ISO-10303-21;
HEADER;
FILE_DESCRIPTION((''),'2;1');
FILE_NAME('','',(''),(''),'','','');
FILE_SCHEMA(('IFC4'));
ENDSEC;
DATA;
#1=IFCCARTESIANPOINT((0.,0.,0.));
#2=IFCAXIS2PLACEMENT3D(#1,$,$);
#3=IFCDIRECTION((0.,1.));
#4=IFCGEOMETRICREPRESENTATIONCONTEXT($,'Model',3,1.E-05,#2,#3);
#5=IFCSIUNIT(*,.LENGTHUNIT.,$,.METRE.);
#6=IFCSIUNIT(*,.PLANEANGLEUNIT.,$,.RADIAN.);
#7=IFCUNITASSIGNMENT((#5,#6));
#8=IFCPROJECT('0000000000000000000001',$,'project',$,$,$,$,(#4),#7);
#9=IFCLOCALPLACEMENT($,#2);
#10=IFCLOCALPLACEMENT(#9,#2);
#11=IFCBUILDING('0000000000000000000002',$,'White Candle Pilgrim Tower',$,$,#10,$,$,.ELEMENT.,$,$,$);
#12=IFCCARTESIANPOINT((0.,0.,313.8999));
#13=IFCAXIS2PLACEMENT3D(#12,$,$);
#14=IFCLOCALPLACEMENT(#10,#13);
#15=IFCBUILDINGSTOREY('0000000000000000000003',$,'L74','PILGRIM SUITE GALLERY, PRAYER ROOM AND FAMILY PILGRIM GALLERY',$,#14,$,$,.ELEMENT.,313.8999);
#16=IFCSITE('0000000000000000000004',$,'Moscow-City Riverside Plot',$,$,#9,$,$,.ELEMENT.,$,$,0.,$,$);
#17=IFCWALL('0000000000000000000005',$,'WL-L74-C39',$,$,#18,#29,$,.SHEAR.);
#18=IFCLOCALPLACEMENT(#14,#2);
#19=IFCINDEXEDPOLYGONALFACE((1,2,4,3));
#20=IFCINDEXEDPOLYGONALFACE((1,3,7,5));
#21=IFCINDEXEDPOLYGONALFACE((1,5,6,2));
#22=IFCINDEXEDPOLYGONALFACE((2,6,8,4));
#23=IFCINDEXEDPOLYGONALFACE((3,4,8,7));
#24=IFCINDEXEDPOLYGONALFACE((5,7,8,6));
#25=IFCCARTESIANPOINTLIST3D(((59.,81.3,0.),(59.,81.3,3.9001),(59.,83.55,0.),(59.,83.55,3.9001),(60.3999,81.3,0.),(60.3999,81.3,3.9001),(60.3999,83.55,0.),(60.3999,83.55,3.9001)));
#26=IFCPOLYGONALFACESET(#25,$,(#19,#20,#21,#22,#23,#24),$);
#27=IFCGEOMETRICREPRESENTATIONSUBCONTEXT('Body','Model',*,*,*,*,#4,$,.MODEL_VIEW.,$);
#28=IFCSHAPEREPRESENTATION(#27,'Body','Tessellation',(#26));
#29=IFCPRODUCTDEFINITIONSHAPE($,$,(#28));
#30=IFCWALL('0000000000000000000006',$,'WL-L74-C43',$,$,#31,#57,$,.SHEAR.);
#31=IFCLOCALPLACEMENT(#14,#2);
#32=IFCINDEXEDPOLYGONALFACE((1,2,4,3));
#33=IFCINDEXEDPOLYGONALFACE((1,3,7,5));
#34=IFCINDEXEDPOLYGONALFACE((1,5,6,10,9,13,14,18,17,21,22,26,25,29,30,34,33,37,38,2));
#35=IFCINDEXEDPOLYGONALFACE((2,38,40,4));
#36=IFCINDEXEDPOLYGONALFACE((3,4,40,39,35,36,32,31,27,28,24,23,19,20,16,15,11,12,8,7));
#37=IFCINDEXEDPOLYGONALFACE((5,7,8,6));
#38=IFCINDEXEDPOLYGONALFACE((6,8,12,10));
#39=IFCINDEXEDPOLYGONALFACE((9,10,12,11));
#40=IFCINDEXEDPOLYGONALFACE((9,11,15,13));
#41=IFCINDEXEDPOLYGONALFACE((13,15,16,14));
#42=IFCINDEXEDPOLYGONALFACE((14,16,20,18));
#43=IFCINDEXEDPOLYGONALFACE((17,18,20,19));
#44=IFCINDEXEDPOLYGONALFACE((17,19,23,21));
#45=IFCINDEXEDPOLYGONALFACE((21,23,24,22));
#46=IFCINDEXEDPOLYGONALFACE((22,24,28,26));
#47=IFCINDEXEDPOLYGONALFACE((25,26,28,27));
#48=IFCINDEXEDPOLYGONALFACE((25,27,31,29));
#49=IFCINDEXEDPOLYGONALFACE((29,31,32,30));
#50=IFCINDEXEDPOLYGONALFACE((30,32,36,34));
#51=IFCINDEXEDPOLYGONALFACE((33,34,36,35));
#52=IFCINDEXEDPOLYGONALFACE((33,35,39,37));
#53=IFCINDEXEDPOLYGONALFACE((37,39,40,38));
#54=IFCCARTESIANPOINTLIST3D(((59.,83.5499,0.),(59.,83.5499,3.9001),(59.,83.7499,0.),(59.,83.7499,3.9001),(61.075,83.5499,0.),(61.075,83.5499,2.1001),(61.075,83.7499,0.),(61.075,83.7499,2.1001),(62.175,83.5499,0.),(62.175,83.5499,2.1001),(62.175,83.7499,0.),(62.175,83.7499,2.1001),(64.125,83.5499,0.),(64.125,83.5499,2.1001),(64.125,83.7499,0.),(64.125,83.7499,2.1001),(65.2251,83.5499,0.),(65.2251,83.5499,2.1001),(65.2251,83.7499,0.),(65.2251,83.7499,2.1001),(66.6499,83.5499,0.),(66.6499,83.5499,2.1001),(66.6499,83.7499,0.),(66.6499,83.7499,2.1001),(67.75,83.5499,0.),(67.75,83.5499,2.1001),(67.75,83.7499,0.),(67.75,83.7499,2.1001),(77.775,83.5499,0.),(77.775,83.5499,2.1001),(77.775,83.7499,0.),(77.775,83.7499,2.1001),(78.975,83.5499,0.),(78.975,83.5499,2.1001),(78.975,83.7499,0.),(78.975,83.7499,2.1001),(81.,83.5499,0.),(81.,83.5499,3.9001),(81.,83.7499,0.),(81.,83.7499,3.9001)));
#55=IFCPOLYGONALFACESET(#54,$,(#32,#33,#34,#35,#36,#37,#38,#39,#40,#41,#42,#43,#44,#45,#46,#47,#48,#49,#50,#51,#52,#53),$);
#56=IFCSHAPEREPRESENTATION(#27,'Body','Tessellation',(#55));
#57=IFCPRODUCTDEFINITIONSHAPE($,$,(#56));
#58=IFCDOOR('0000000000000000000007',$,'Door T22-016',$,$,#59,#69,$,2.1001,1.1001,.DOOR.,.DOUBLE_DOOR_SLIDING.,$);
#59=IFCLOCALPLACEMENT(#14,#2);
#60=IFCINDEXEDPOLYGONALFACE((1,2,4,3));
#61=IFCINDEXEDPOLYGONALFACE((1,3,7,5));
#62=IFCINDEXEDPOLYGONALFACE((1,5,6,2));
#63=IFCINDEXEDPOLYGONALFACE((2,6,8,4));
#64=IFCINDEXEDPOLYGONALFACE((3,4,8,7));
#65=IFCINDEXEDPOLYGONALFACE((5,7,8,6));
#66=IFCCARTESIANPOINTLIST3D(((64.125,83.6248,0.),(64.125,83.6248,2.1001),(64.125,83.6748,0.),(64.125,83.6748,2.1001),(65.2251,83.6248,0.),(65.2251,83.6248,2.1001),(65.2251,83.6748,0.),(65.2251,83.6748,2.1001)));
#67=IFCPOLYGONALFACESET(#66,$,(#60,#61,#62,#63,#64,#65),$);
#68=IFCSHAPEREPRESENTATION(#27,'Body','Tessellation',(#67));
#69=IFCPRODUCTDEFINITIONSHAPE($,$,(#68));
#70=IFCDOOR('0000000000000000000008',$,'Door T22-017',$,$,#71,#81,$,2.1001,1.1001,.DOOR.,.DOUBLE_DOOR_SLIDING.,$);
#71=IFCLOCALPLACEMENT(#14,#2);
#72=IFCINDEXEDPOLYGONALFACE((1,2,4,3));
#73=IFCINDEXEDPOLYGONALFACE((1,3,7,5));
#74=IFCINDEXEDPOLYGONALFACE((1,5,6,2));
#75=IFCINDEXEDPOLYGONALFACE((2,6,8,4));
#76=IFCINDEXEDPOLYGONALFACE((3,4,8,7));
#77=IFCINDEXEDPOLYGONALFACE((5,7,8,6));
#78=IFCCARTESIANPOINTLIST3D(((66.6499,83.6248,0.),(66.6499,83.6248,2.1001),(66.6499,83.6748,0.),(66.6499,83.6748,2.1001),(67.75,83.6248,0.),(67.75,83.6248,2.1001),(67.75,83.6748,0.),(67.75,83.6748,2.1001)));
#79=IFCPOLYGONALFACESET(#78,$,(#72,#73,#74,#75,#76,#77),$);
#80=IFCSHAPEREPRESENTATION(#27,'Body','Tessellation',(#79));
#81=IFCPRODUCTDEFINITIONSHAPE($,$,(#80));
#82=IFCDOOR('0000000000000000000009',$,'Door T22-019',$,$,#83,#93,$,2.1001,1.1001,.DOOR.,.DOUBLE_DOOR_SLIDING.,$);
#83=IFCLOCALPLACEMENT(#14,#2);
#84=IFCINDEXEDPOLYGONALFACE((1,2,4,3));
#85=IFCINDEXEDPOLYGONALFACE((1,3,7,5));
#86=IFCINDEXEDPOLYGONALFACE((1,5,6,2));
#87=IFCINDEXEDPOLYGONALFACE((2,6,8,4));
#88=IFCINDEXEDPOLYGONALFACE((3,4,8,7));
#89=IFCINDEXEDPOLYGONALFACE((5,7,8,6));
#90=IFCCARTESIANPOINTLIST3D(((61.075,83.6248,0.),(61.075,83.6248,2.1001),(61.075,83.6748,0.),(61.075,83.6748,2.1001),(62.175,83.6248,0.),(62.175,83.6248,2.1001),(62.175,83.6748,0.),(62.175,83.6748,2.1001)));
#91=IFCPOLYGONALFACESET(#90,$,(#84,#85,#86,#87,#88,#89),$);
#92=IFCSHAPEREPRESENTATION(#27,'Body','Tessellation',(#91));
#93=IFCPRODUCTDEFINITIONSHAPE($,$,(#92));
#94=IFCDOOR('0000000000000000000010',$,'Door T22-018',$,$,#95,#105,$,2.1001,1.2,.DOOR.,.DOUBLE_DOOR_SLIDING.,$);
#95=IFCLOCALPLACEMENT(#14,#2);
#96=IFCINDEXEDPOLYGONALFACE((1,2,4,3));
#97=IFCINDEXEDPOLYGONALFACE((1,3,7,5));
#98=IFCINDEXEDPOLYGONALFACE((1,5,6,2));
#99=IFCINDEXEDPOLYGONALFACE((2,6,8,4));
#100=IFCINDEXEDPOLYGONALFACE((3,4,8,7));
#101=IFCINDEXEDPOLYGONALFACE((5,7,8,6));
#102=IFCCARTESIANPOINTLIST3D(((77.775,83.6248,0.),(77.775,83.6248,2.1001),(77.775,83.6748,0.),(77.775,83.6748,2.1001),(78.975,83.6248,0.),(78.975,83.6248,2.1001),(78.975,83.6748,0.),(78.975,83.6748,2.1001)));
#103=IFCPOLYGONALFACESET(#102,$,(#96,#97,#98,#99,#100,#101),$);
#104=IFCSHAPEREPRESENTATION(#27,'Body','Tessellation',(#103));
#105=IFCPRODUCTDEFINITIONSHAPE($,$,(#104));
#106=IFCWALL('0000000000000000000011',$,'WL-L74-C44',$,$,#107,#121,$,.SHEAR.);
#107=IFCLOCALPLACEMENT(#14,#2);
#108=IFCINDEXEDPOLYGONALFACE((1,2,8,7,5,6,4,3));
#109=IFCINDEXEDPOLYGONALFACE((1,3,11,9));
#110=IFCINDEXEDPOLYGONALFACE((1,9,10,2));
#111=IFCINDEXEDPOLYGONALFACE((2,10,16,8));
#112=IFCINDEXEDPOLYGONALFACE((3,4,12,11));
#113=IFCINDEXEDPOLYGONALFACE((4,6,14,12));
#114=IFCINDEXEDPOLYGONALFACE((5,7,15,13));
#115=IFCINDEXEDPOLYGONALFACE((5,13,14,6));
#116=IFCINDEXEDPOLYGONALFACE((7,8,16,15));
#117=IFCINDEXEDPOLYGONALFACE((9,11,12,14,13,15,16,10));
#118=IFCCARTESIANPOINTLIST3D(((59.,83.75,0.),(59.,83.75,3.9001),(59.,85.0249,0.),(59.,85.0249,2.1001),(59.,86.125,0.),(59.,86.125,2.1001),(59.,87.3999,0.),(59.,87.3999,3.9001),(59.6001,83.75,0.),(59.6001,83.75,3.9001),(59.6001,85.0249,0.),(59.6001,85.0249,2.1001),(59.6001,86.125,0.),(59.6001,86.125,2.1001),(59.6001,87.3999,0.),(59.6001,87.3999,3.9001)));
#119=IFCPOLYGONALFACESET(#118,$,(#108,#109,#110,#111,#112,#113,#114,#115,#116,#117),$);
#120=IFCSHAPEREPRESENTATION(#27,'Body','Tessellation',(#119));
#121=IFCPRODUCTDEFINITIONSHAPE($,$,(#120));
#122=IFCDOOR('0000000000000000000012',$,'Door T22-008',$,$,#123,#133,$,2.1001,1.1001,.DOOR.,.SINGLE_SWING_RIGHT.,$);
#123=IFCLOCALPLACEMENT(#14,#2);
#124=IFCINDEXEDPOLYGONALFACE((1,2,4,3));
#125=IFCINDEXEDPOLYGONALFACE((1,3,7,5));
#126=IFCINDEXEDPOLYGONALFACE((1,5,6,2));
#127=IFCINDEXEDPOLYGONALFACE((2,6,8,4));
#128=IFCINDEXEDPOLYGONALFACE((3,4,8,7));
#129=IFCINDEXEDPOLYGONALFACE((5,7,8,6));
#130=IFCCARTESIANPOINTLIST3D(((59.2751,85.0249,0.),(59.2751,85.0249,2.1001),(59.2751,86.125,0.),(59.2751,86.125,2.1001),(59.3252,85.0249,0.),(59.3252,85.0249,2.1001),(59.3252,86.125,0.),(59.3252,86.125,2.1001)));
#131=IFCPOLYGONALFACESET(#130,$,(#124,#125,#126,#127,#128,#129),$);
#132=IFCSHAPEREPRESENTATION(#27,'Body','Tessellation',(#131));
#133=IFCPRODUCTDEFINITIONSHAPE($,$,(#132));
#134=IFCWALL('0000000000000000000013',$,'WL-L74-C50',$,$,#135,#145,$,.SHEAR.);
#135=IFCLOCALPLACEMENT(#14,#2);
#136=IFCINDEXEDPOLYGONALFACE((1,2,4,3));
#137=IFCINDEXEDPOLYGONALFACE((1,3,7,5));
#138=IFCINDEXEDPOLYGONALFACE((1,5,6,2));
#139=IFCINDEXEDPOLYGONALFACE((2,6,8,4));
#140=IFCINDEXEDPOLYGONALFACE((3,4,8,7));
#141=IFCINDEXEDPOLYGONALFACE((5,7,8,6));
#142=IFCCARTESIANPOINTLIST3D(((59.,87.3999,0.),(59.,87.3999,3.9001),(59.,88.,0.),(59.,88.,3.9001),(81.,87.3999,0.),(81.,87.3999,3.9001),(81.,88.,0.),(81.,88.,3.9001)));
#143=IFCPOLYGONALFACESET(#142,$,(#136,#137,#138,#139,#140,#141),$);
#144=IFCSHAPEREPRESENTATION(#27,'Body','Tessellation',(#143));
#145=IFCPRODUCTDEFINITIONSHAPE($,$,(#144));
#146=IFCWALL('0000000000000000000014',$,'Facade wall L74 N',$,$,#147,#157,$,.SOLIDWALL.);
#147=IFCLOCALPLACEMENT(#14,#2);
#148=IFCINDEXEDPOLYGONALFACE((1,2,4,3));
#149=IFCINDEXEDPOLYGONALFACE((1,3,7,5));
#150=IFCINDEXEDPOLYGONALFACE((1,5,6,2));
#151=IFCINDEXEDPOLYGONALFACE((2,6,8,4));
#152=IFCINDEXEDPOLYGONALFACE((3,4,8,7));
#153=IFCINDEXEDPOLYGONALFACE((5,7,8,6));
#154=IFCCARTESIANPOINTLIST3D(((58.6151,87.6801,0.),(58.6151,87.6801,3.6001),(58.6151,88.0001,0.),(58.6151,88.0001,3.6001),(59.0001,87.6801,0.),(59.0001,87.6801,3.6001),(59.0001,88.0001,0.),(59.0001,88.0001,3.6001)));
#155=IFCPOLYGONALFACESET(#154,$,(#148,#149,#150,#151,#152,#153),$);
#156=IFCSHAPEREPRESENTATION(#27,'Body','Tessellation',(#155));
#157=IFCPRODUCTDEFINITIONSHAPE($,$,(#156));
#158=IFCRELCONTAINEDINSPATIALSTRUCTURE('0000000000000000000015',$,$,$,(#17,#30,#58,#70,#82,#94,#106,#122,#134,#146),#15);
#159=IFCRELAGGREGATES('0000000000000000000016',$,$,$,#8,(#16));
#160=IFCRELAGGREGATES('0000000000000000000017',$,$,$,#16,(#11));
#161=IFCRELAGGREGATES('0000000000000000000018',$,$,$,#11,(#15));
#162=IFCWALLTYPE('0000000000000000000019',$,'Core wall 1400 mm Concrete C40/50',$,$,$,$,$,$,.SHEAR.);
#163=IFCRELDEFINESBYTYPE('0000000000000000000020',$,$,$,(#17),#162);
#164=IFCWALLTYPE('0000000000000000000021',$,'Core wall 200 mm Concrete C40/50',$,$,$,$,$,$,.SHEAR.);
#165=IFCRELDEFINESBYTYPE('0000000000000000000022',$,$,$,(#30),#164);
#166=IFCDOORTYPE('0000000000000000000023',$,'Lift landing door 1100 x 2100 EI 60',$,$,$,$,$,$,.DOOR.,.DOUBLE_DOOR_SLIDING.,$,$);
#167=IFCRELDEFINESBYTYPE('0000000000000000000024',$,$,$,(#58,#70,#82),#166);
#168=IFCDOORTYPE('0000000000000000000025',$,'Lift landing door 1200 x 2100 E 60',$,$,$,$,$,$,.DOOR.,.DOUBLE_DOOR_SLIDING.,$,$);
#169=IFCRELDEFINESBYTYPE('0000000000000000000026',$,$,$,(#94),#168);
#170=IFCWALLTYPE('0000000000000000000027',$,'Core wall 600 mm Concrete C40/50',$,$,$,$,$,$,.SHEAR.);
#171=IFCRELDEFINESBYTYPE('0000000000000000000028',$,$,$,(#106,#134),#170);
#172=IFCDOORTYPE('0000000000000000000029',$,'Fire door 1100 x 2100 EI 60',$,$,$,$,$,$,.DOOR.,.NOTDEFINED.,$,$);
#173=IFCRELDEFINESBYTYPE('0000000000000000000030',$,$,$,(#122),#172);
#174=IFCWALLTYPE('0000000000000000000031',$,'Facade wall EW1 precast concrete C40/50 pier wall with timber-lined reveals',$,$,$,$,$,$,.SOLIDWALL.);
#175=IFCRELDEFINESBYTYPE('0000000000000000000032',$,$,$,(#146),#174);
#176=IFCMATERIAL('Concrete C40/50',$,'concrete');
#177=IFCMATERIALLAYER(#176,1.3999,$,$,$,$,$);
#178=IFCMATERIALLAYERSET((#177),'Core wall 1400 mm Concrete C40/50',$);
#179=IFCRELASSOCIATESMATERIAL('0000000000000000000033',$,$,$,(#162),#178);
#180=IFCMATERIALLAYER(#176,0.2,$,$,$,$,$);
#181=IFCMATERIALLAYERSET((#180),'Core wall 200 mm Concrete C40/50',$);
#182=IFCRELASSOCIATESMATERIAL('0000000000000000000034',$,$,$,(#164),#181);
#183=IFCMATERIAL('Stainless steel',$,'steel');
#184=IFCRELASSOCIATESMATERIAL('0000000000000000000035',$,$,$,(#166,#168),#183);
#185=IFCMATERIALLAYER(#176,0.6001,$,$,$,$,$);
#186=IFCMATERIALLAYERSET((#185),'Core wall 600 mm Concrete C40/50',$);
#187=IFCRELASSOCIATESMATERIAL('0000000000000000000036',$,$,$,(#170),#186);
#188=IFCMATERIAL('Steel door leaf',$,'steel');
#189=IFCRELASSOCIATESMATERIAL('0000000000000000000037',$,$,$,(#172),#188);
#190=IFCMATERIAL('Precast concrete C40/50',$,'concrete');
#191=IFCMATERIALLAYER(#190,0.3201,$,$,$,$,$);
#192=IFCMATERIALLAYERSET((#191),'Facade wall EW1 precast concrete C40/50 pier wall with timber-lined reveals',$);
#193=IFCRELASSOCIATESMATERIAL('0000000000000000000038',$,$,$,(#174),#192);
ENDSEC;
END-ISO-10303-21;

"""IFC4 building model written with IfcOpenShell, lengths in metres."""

from ifc_helpers import new_model, si_unit, direction, frame, frame_2d, origin, place, context, subcontext, project, spatial, rectangle, extrude, material, layer, layer_set, type_object, element, fill, save


model = new_model("IFC4")

# Units and contexts
model_context = context("Model", 3, precision=1e-05, world=origin(), true_north=direction((0.0, 1.0)))
body_context = subcontext(model_context, "Body", "Model", "MODEL_VIEW")
ifc_project = project(units=[si_unit("LENGTHUNIT", "METRE"), si_unit("PLANEANGLEUNIT", "RADIAN")], contexts=[model_context])

# Site, building, storey
site_placement = place(None, origin())
site = spatial("IfcSite", under=ifc_project, at=site_placement, Name="Moscow-City Riverside Plot", CompositionType="ELEMENT", RefElevation=0.0)
building_placement = place(site_placement, origin())
building = spatial("IfcBuilding", under=site, at=building_placement, Name="White Candle Pilgrim Tower", CompositionType="ELEMENT")
storey_placement = place(building_placement, frame((0.0, 0.0, 313.8999)))
storey = spatial("IfcBuildingStorey", under=building, at=storey_placement, Name="L74", Description="PILGRIM SUITE GALLERY, PRAYER ROOM AND FAMILY PILGRIM GALLERY", CompositionType="ELEMENT", Elevation=313.8999)

# Wall
ifc_material_1 = material(Name="Concrete C40/50", Category="concrete")
ifc_layer_1 = layer(ifc_material_1, 1.3999)
ifc_layer_set_1 = layer_set([ifc_layer_1], Name="Core wall 1400 mm Concrete C40/50")
wall_type_1 = type_object("IfcWallType", Name="Core wall 1400 mm Concrete C40/50", PredefinedType="SHEAR", material=ifc_layer_set_1)
wall_1_placement = place(storey_placement, frame((59.7, 81.3, 0.0), z_axis=(0.0, 0.0, 1.0), x_axis=(0.0, 1.0, 0.0)))
element("IfcWall", 1, at=wall_1_placement, inside=storey, type_object=wall_type_1, Name="WL-L74-C39", PredefinedType="SHEAR", context=body_context, shape_type="SweptSolid", body=[
    extrude(rectangle(XDim=2.25, YDim=1.3999, at=frame_2d((1.125, 0.0))), origin(), (0.0, 0.0, 1.0), 3.9001),
])

# Wall, openings, doors
ifc_layer_2 = layer(ifc_material_1, 0.2)
ifc_layer_set_2 = layer_set([ifc_layer_2], Name="Core wall 200 mm Concrete C40/50")
wall_type_2 = type_object("IfcWallType", Name="Core wall 200 mm Concrete C40/50", PredefinedType="SHEAR", material=ifc_layer_set_2)
wall_2_placement = place(storey_placement, frame((59.0, 83.6499, 0.0), z_axis=(0.0, 0.0, 1.0), x_axis=(1.0, 0.0, 0.0)))
wall_2 = element("IfcWall", 2, at=wall_2_placement, inside=storey, type_object=wall_type_2, Name="WL-L74-C43", PredefinedType="SHEAR", context=body_context, shape_type="SweptSolid", body=[
    extrude(rectangle(XDim=22.0, YDim=0.2, at=frame_2d((11.0, 0.0))), origin(), (0.0, 0.0, 1.0), 3.9001),
])
opening_1_placement = place(wall_2_placement, frame((5.125, 0.0, 0.0)))
opening_1 = element("IfcOpeningElement", 3, at=opening_1_placement, cuts=wall_2, PredefinedType="OPENING", context=body_context, shape_type="SweptSolid", body=[
    extrude(rectangle(XDim=1.1001, YDim=2.1001, at=frame_2d((0.55, 1.05))), frame((0.0, 0.1099, 0.0), z_axis=(0.0, -1.0, 0.0), x_axis=(1.0, 0.0, 0.0)), (0.0, 0.0, 1.0), 0.22),
])
opening_2_placement = place(wall_2_placement, frame((7.6499, 0.0, 0.0)))
opening_2 = element("IfcOpeningElement", 4, at=opening_2_placement, cuts=wall_2, PredefinedType="OPENING", context=body_context, shape_type="SweptSolid", body=[
    extrude(rectangle(XDim=1.1001, YDim=2.1001, at=frame_2d((0.55, 1.05))), frame((0.0, 0.1099, 0.0), z_axis=(0.0, -1.0, 0.0), x_axis=(1.0, 0.0, 0.0)), (0.0, 0.0, 1.0), 0.22),
])
opening_3_placement = place(wall_2_placement, frame((18.7749, 0.0, 0.0)))
opening_3 = element("IfcOpeningElement", 5, at=opening_3_placement, cuts=wall_2, PredefinedType="OPENING", context=body_context, shape_type="SweptSolid", body=[
    extrude(rectangle(XDim=1.2, YDim=2.1001, at=frame_2d((0.6001, 1.05))), frame((0.0, 0.1099, 0.0), z_axis=(0.0, -1.0, 0.0), x_axis=(1.0, 0.0, 0.0)), (0.0, 0.0, 1.0), 0.22),
])
opening_4_placement = place(wall_2_placement, frame((2.075, 0.0, 0.0)))
opening_4 = element("IfcOpeningElement", 6, at=opening_4_placement, cuts=wall_2, PredefinedType="OPENING", context=body_context, shape_type="SweptSolid", body=[
    extrude(rectangle(XDim=1.1001, YDim=2.1001, at=frame_2d((0.55, 1.05))), frame((0.0, 0.1099, 0.0), z_axis=(0.0, -1.0, 0.0), x_axis=(1.0, 0.0, 0.0)), (0.0, 0.0, 1.0), 0.22),
])
ifc_material_2 = material(Name="Stainless steel", Category="steel")
door_type_1 = type_object("IfcDoorType", Name="Lift landing door 1100 x 2100 EI 60", OperationType="DOUBLE_DOOR_SLIDING", PredefinedType="DOOR", material=ifc_material_2)
door_1_placement = place(opening_1_placement, origin())
door_1 = element("IfcDoor", 7, at=door_1_placement, inside=storey, type_object=door_type_1, Name="Door T22-016", OperationType="DOUBLE_DOOR_SLIDING", OverallHeight=2.1001, OverallWidth=1.1001, PredefinedType="DOOR", context=body_context, shape_type="SweptSolid", body=[
    extrude(rectangle(XDim=1.1001, YDim=2.1001, at=frame_2d((0.55, 1.05))), frame((0.0, 0.0249, 0.0), z_axis=(0.0, -1.0, 0.0), x_axis=(1.0, 0.0, 0.0)), (0.0, 0.0, 1.0), 0.05),
])
fill(opening_1, door_1)
door_2_placement = place(opening_2_placement, origin())
door_2 = element("IfcDoor", 8, at=door_2_placement, inside=storey, type_object=door_type_1, Name="Door T22-017", OperationType="DOUBLE_DOOR_SLIDING", OverallHeight=2.1001, OverallWidth=1.1001, PredefinedType="DOOR", context=body_context, shape_type="SweptSolid", body=[
    extrude(rectangle(XDim=1.1001, YDim=2.1001, at=frame_2d((0.55, 1.05))), frame((0.0, 0.0249, 0.0), z_axis=(0.0, -1.0, 0.0), x_axis=(1.0, 0.0, 0.0)), (0.0, 0.0, 1.0), 0.05),
])
fill(opening_2, door_2)
door_3_placement = place(opening_4_placement, origin())
door_3 = element("IfcDoor", 9, at=door_3_placement, inside=storey, type_object=door_type_1, Name="Door T22-019", OperationType="DOUBLE_DOOR_SLIDING", OverallHeight=2.1001, OverallWidth=1.1001, PredefinedType="DOOR", context=body_context, shape_type="SweptSolid", body=[
    extrude(rectangle(XDim=1.1001, YDim=2.1001, at=frame_2d((0.55, 1.05))), frame((0.0, 0.0249, 0.0), z_axis=(0.0, -1.0, 0.0), x_axis=(1.0, 0.0, 0.0)), (0.0, 0.0, 1.0), 0.05),
])
fill(opening_4, door_3)
door_type_2 = type_object("IfcDoorType", Name="Lift landing door 1200 x 2100 E 60", OperationType="DOUBLE_DOOR_SLIDING", PredefinedType="DOOR", material=ifc_material_2)
door_4_placement = place(opening_3_placement, origin())
door_4 = element("IfcDoor", 10, at=door_4_placement, inside=storey, type_object=door_type_2, Name="Door T22-018", OperationType="DOUBLE_DOOR_SLIDING", OverallHeight=2.1001, OverallWidth=1.2, PredefinedType="DOOR", context=body_context, shape_type="SweptSolid", body=[
    extrude(rectangle(XDim=1.2, YDim=2.1001, at=frame_2d((0.6001, 1.05))), frame((0.0, 0.0249, 0.0), z_axis=(0.0, -1.0, 0.0), x_axis=(1.0, 0.0, 0.0)), (0.0, 0.0, 1.0), 0.05),
])
fill(opening_3, door_4)

# Wall, opening, door
ifc_layer_3 = layer(ifc_material_1, 0.6001)
ifc_layer_set_3 = layer_set([ifc_layer_3], Name="Core wall 600 mm Concrete C40/50")
wall_type_3 = type_object("IfcWallType", Name="Core wall 600 mm Concrete C40/50", PredefinedType="SHEAR", material=ifc_layer_set_3)
wall_3_placement = place(storey_placement, frame((59.3, 83.75, 0.0), z_axis=(0.0, 0.0, 1.0), x_axis=(0.0, 1.0, 0.0)))
wall_3 = element("IfcWall", 11, at=wall_3_placement, inside=storey, type_object=wall_type_3, Name="WL-L74-C44", PredefinedType="SHEAR", context=body_context, shape_type="SweptSolid", body=[
    extrude(rectangle(XDim=3.6499, YDim=0.6001, at=frame_2d((1.825, 0.0))), origin(), (0.0, 0.0, 1.0), 3.9001),
])
opening_5_placement = place(wall_3_placement, frame((1.2749, 0.0, 0.0)))
opening_5 = element("IfcOpeningElement", 12, at=opening_5_placement, cuts=wall_3, PredefinedType="OPENING", context=body_context, shape_type="SweptSolid", body=[
    extrude(rectangle(XDim=1.1001, YDim=2.1001, at=frame_2d((0.55, 1.05))), frame((0.0, 0.3101, 0.0), z_axis=(0.0, -1.0, 0.0), x_axis=(1.0, 0.0, 0.0)), (0.0, 0.0, 1.0), 0.6201),
])
ifc_material_3 = material(Name="Steel door leaf", Category="steel")
door_type_3 = type_object("IfcDoorType", Name="Fire door 1100 x 2100 EI 60", OperationType="NOTDEFINED", PredefinedType="DOOR", material=ifc_material_3)
door_5_placement = place(opening_5_placement, origin())
door_5 = element("IfcDoor", 13, at=door_5_placement, inside=storey, type_object=door_type_3, Name="Door T22-008", OperationType="SINGLE_SWING_RIGHT", OverallHeight=2.1001, OverallWidth=1.1001, PredefinedType="DOOR", context=body_context, shape_type="SweptSolid", body=[
    extrude(rectangle(XDim=1.1001, YDim=2.1001, at=frame_2d((0.55, 1.05))), frame((0.0, 0.0249, 0.0), z_axis=(0.0, -1.0, 0.0), x_axis=(1.0, 0.0, 0.0)), (0.0, 0.0, 1.0), 0.05),
])
fill(opening_5, door_5)

# Walls
wall_4_placement = place(storey_placement, frame((59.0, 87.7, 0.0), z_axis=(0.0, 0.0, 1.0), x_axis=(1.0, 0.0, 0.0)))
element("IfcWall", 14, at=wall_4_placement, inside=storey, type_object=wall_type_3, Name="WL-L74-C50", PredefinedType="SHEAR", context=body_context, shape_type="SweptSolid", body=[
    extrude(rectangle(XDim=22.0, YDim=0.6001, at=frame_2d((11.0, 0.0))), origin(), (0.0, 0.0, 1.0), 3.9001),
])
ifc_material_4 = material(Name="Precast concrete C40/50", Category="concrete")
ifc_layer_4 = layer(ifc_material_4, 0.3201)
ifc_layer_set_4 = layer_set([ifc_layer_4], Name="Facade wall EW1 precast concrete C40/50 pier wall with timber-lined reveals")
wall_type_4 = type_object("IfcWallType", Name="Facade wall EW1 precast concrete C40/50 pier wall with timber-lined reveals", PredefinedType="SOLIDWALL", material=ifc_layer_set_4)
wall_5_placement = place(storey_placement, frame((59.0, 87.8401, 0.0), z_axis=(0.0, 0.0, 1.0), x_axis=(-1.0, 0.0, 0.0)))
element("IfcWall", 15, at=wall_5_placement, inside=storey, type_object=wall_type_4, Name="Facade wall L74 N", PredefinedType="SOLIDWALL", context=body_context, shape_type="SweptSolid", body=[
    extrude(rectangle(XDim=0.385, YDim=0.3201, at=frame_2d((0.1924, 0.0))), origin(), (0.0, 0.0, 1.0), 3.6001),
])

save(model, "model.ifc")
